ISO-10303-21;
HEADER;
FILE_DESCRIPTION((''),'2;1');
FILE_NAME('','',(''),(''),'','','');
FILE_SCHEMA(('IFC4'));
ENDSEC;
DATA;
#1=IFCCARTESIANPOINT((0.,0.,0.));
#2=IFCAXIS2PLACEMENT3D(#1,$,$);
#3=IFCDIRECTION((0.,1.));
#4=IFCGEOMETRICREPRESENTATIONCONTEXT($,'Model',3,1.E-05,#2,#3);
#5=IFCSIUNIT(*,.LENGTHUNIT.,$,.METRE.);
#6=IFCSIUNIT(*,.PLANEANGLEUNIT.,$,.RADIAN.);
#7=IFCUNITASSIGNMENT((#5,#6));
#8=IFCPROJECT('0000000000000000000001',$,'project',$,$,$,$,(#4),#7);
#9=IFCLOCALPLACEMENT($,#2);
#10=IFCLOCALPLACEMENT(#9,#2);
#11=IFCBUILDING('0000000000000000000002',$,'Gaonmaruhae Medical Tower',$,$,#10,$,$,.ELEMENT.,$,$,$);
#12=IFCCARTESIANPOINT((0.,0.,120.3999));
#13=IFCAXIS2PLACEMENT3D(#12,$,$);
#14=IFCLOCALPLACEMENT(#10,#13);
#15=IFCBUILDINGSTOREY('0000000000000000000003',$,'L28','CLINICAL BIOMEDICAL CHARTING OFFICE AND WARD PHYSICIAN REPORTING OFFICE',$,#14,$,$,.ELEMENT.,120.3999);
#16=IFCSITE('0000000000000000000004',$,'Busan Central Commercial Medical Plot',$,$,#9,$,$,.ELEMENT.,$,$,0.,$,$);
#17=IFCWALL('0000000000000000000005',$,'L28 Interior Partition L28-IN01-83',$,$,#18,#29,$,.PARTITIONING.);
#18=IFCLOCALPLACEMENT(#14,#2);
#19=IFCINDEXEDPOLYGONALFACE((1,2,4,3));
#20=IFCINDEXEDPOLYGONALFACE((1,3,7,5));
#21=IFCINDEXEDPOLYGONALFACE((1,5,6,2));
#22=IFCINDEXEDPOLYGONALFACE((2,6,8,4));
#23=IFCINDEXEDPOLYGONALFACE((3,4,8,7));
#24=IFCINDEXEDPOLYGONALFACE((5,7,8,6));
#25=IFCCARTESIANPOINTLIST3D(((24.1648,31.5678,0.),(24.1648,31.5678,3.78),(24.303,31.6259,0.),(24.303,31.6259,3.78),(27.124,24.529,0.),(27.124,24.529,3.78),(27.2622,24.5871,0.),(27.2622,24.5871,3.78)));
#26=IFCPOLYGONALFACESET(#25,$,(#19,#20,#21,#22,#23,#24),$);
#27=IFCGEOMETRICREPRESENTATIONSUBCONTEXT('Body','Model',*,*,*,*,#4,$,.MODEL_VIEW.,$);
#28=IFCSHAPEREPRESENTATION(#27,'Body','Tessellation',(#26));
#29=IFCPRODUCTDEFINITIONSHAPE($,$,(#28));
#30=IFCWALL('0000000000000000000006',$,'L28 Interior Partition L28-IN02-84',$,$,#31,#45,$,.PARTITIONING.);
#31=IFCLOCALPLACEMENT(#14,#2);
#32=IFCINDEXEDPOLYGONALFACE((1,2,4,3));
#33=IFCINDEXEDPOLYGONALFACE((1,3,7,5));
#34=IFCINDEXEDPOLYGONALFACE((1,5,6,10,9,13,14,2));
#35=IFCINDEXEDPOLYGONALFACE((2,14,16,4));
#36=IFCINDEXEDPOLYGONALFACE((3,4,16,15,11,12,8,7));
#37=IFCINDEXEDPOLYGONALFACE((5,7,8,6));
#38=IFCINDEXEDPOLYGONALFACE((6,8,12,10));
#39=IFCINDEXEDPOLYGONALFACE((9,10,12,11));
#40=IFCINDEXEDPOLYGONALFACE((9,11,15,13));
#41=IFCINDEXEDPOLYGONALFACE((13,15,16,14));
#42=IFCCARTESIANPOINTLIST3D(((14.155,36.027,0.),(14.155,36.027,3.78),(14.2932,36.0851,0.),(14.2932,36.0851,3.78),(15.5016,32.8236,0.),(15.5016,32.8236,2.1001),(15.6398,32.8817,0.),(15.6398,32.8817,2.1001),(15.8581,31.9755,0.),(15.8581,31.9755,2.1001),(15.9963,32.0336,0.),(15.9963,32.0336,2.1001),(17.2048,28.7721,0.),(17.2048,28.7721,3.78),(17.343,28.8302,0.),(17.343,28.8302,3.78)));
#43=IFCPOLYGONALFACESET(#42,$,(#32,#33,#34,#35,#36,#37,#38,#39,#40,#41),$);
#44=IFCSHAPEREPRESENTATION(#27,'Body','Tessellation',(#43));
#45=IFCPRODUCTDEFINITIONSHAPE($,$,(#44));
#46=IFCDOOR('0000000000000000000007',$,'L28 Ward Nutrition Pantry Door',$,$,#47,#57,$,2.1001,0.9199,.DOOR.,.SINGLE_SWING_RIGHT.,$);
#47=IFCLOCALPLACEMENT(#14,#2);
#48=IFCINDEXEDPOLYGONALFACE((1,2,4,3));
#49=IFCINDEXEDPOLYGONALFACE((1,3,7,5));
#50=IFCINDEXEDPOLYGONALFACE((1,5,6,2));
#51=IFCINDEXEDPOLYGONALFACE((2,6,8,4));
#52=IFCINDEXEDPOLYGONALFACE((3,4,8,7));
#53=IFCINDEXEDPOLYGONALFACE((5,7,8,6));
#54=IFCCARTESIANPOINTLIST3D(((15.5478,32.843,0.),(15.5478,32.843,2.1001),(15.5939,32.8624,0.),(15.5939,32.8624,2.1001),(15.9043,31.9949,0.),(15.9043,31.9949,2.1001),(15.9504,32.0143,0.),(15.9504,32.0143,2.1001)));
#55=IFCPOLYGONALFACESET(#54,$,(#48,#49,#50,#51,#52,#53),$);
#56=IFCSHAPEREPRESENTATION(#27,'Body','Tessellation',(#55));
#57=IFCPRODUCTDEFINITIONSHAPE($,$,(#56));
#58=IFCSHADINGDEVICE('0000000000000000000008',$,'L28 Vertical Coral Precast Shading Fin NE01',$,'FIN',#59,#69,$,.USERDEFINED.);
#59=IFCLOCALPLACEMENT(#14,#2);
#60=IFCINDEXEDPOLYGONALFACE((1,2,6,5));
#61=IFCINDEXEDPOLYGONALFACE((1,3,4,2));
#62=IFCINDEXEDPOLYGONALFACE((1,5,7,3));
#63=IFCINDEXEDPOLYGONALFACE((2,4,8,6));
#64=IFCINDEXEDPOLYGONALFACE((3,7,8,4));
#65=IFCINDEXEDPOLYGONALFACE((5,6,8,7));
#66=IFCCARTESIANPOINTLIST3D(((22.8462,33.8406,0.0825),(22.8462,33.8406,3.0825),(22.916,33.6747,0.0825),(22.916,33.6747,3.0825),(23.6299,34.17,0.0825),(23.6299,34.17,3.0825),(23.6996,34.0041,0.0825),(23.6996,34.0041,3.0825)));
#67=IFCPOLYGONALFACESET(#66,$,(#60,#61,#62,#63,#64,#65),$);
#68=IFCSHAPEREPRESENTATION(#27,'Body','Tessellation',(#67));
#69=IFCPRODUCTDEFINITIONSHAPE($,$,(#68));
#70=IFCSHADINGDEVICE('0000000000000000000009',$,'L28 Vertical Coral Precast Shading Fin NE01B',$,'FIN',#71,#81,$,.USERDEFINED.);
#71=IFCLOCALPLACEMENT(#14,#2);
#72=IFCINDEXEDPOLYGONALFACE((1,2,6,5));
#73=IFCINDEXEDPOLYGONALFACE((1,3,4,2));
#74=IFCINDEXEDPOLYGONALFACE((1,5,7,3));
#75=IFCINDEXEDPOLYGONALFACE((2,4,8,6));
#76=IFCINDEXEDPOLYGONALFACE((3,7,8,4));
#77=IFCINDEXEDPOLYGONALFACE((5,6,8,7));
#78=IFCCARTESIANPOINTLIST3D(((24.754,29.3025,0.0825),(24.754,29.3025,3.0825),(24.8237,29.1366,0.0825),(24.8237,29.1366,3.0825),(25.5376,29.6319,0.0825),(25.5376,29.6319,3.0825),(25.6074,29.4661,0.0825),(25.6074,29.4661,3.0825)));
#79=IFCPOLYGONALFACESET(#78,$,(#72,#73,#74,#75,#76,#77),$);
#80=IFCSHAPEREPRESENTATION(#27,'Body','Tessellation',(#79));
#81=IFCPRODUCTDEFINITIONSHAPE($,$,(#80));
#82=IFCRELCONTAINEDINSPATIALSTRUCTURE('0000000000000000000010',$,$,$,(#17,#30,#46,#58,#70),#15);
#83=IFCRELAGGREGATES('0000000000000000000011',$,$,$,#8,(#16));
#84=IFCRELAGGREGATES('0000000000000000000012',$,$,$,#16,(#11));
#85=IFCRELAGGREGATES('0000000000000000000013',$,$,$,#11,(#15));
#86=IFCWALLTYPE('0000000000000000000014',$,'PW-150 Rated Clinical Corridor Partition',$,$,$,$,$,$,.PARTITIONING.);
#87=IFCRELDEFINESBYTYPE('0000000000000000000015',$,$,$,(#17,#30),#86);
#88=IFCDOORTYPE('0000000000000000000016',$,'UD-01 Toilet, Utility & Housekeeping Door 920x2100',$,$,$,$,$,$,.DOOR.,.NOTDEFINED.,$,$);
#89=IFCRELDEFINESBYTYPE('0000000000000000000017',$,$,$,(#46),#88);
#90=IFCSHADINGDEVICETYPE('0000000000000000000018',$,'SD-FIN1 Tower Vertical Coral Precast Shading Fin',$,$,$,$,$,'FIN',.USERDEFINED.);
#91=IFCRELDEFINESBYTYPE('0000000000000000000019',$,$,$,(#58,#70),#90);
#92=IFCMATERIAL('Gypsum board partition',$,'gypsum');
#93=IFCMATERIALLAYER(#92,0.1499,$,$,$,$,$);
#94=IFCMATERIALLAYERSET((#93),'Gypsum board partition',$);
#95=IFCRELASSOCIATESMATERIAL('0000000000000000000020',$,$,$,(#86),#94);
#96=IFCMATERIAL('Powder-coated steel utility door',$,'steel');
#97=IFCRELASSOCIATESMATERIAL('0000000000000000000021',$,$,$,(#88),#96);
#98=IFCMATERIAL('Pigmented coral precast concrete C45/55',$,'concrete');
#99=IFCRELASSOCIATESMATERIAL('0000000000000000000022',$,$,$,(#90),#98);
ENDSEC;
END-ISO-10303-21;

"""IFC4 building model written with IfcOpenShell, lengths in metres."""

from ifc_helpers import new_model, si_unit, direction, frame, frame_2d, origin, origin_2d, place, context, subcontext, project, spatial, rectangle, extrude, material, layer, layer_set, type_object, element, fill, save


model = new_model("IFC4")

# Units and contexts
model_context = context("Model", 3, precision=1e-05, world=origin(), true_north=direction((0.0, 1.0)))
body_context = subcontext(model_context, "Body", "Model", "MODEL_VIEW")
ifc_project = project(units=[si_unit("LENGTHUNIT", "METRE"), si_unit("PLANEANGLEUNIT", "RADIAN")], contexts=[model_context])

# Site, building, storey
site_placement = place(None, origin())
site = spatial("IfcSite", under=ifc_project, at=site_placement, Name="Busan Central Commercial Medical Plot", CompositionType="ELEMENT", RefElevation=0.0)
building_placement = place(site_placement, origin())
building = spatial("IfcBuilding", under=site, at=building_placement, Name="Gaonmaruhae Medical Tower", CompositionType="ELEMENT")
storey_placement = place(building_placement, frame((0.0, 0.0, 120.3999)))
storey = spatial("IfcBuildingStorey", under=building, at=storey_placement, Name="L28", Description="CLINICAL BIOMEDICAL CHARTING OFFICE AND WARD PHYSICIAN REPORTING OFFICE", CompositionType="ELEMENT", Elevation=120.3999)

# Shared definitions
ifc_material_1 = material(Name="Gypsum board partition", Category="gypsum")
ifc_layer_1 = layer(ifc_material_1, 0.1499)
ifc_layer_set_1 = layer_set([ifc_layer_1], Name="Gypsum board partition")
wall_type_1 = type_object("IfcWallType", Name="PW-150 Rated Clinical Corridor Partition", PredefinedType="PARTITIONING", material=ifc_layer_set_1)

# Wall
wall_1_placement = place(storey_placement, frame((24.2339, 31.5969, 0.0), z_axis=(0.0, 0.0, 1.0), x_axis=(0.387558, -0.921845, 0.0)))
element("IfcWall", 1, at=wall_1_placement, inside=storey, type_object=wall_type_1, Name="L28 Interior Partition L28-IN01-83", PredefinedType="PARTITIONING", context=body_context, shape_type="SweptSolid", body=[
    extrude(rectangle(XDim=7.6355, YDim=0.1499, at=frame_2d((3.8179, 0.0))), origin(), (0.0, 0.0, 1.0), 3.78),
])

# Wall, opening, door
wall_2_placement = place(storey_placement, frame((17.2739, 28.801, 0.0), z_axis=(0.0, 0.0, 1.0), x_axis=(-0.38753, 0.921857, 0.0)))
wall_2 = element("IfcWall", 2, at=wall_2_placement, inside=storey, type_object=wall_type_1, Name="L28 Interior Partition L28-IN02-84", PredefinedType="PARTITIONING", context=body_context, shape_type="SweptSolid", body=[
    extrude(rectangle(XDim=7.8699, YDim=0.1499, at=frame_2d((3.9351, 0.0))), origin(), (0.0, 0.0, 1.0), 3.78),
])
opening_1_placement = place(wall_2_placement, frame((3.4751, 0.0, 0.0)))
opening_1 = element("IfcOpeningElement", 3, at=opening_1_placement, cuts=wall_2, PredefinedType="OPENING", context=body_context, shape_type="SweptSolid", body=[
    extrude(rectangle(XDim=0.9199, YDim=2.1001, at=frame_2d((0.46, 1.05))), frame((0.0, 0.085, 0.0), z_axis=(0.0, -1.0, 0.0), x_axis=(1.0, 0.0, 0.0)), (0.0, 0.0, 1.0), 0.1699),
])
ifc_material_2 = material(Name="Powder-coated steel utility door", Category="steel")
door_type_1 = type_object("IfcDoorType", Name="UD-01 Toilet, Utility & Housekeeping Door 920x2100", OperationType="NOTDEFINED", PredefinedType="DOOR", material=ifc_material_2)
door_1_placement = place(opening_1_placement, origin())
door_1 = element("IfcDoor", 4, at=door_1_placement, inside=storey, type_object=door_type_1, Name="L28 Ward Nutrition Pantry Door", OperationType="SINGLE_SWING_RIGHT", OverallHeight=2.1001, OverallWidth=0.9199, PredefinedType="DOOR", context=body_context, shape_type="SweptSolid", body=[
    extrude(rectangle(XDim=0.9199, YDim=2.1001, at=frame_2d((0.46, 1.05))), frame((0.0, 0.0249, 0.0), z_axis=(0.0, -1.0, 0.0), x_axis=(1.0, 0.0, 0.0)), (0.0, 0.0, 1.0), 0.05),
])
fill(opening_1, door_1)

# Shading devices
ifc_material_3 = material(Name="Pigmented coral precast concrete C45/55", Category="concrete")
shading_device_type = type_object("IfcShadingDeviceType", Name="SD-FIN1 Tower Vertical Coral Precast Shading Fin", ElementType="FIN", PredefinedType="USERDEFINED", material=ifc_material_3)
for number, where, z_axis, x_axis, name in (
    (5, (23.2729, 33.9224, 0.0825), (0.0, 0.0, 1.0), (0.387516, -0.921863, 0.0), "L28 Vertical Coral Precast Shading Fin NE01"),
    (6, (25.1807, 29.3843, 0.0825), (0.0, 0.0, 1.0), (0.387516, -0.921863, 0.0), "L28 Vertical Coral Precast Shading Fin NE01B"),
):
    element("IfcShadingDevice", number, at=place(storey_placement, frame(where, z_axis=z_axis, x_axis=x_axis)), inside=storey, type_object=shading_device_type, Name=name, ObjectType="FIN", PredefinedType="USERDEFINED", context=body_context, shape_type="SweptSolid", body=[
        extrude(rectangle(XDim=0.1799, YDim=0.8501, at=origin_2d()), origin(), (0.0, 0.0, 1.0), 3.0),
    ])

save(model, "model.ifc")
